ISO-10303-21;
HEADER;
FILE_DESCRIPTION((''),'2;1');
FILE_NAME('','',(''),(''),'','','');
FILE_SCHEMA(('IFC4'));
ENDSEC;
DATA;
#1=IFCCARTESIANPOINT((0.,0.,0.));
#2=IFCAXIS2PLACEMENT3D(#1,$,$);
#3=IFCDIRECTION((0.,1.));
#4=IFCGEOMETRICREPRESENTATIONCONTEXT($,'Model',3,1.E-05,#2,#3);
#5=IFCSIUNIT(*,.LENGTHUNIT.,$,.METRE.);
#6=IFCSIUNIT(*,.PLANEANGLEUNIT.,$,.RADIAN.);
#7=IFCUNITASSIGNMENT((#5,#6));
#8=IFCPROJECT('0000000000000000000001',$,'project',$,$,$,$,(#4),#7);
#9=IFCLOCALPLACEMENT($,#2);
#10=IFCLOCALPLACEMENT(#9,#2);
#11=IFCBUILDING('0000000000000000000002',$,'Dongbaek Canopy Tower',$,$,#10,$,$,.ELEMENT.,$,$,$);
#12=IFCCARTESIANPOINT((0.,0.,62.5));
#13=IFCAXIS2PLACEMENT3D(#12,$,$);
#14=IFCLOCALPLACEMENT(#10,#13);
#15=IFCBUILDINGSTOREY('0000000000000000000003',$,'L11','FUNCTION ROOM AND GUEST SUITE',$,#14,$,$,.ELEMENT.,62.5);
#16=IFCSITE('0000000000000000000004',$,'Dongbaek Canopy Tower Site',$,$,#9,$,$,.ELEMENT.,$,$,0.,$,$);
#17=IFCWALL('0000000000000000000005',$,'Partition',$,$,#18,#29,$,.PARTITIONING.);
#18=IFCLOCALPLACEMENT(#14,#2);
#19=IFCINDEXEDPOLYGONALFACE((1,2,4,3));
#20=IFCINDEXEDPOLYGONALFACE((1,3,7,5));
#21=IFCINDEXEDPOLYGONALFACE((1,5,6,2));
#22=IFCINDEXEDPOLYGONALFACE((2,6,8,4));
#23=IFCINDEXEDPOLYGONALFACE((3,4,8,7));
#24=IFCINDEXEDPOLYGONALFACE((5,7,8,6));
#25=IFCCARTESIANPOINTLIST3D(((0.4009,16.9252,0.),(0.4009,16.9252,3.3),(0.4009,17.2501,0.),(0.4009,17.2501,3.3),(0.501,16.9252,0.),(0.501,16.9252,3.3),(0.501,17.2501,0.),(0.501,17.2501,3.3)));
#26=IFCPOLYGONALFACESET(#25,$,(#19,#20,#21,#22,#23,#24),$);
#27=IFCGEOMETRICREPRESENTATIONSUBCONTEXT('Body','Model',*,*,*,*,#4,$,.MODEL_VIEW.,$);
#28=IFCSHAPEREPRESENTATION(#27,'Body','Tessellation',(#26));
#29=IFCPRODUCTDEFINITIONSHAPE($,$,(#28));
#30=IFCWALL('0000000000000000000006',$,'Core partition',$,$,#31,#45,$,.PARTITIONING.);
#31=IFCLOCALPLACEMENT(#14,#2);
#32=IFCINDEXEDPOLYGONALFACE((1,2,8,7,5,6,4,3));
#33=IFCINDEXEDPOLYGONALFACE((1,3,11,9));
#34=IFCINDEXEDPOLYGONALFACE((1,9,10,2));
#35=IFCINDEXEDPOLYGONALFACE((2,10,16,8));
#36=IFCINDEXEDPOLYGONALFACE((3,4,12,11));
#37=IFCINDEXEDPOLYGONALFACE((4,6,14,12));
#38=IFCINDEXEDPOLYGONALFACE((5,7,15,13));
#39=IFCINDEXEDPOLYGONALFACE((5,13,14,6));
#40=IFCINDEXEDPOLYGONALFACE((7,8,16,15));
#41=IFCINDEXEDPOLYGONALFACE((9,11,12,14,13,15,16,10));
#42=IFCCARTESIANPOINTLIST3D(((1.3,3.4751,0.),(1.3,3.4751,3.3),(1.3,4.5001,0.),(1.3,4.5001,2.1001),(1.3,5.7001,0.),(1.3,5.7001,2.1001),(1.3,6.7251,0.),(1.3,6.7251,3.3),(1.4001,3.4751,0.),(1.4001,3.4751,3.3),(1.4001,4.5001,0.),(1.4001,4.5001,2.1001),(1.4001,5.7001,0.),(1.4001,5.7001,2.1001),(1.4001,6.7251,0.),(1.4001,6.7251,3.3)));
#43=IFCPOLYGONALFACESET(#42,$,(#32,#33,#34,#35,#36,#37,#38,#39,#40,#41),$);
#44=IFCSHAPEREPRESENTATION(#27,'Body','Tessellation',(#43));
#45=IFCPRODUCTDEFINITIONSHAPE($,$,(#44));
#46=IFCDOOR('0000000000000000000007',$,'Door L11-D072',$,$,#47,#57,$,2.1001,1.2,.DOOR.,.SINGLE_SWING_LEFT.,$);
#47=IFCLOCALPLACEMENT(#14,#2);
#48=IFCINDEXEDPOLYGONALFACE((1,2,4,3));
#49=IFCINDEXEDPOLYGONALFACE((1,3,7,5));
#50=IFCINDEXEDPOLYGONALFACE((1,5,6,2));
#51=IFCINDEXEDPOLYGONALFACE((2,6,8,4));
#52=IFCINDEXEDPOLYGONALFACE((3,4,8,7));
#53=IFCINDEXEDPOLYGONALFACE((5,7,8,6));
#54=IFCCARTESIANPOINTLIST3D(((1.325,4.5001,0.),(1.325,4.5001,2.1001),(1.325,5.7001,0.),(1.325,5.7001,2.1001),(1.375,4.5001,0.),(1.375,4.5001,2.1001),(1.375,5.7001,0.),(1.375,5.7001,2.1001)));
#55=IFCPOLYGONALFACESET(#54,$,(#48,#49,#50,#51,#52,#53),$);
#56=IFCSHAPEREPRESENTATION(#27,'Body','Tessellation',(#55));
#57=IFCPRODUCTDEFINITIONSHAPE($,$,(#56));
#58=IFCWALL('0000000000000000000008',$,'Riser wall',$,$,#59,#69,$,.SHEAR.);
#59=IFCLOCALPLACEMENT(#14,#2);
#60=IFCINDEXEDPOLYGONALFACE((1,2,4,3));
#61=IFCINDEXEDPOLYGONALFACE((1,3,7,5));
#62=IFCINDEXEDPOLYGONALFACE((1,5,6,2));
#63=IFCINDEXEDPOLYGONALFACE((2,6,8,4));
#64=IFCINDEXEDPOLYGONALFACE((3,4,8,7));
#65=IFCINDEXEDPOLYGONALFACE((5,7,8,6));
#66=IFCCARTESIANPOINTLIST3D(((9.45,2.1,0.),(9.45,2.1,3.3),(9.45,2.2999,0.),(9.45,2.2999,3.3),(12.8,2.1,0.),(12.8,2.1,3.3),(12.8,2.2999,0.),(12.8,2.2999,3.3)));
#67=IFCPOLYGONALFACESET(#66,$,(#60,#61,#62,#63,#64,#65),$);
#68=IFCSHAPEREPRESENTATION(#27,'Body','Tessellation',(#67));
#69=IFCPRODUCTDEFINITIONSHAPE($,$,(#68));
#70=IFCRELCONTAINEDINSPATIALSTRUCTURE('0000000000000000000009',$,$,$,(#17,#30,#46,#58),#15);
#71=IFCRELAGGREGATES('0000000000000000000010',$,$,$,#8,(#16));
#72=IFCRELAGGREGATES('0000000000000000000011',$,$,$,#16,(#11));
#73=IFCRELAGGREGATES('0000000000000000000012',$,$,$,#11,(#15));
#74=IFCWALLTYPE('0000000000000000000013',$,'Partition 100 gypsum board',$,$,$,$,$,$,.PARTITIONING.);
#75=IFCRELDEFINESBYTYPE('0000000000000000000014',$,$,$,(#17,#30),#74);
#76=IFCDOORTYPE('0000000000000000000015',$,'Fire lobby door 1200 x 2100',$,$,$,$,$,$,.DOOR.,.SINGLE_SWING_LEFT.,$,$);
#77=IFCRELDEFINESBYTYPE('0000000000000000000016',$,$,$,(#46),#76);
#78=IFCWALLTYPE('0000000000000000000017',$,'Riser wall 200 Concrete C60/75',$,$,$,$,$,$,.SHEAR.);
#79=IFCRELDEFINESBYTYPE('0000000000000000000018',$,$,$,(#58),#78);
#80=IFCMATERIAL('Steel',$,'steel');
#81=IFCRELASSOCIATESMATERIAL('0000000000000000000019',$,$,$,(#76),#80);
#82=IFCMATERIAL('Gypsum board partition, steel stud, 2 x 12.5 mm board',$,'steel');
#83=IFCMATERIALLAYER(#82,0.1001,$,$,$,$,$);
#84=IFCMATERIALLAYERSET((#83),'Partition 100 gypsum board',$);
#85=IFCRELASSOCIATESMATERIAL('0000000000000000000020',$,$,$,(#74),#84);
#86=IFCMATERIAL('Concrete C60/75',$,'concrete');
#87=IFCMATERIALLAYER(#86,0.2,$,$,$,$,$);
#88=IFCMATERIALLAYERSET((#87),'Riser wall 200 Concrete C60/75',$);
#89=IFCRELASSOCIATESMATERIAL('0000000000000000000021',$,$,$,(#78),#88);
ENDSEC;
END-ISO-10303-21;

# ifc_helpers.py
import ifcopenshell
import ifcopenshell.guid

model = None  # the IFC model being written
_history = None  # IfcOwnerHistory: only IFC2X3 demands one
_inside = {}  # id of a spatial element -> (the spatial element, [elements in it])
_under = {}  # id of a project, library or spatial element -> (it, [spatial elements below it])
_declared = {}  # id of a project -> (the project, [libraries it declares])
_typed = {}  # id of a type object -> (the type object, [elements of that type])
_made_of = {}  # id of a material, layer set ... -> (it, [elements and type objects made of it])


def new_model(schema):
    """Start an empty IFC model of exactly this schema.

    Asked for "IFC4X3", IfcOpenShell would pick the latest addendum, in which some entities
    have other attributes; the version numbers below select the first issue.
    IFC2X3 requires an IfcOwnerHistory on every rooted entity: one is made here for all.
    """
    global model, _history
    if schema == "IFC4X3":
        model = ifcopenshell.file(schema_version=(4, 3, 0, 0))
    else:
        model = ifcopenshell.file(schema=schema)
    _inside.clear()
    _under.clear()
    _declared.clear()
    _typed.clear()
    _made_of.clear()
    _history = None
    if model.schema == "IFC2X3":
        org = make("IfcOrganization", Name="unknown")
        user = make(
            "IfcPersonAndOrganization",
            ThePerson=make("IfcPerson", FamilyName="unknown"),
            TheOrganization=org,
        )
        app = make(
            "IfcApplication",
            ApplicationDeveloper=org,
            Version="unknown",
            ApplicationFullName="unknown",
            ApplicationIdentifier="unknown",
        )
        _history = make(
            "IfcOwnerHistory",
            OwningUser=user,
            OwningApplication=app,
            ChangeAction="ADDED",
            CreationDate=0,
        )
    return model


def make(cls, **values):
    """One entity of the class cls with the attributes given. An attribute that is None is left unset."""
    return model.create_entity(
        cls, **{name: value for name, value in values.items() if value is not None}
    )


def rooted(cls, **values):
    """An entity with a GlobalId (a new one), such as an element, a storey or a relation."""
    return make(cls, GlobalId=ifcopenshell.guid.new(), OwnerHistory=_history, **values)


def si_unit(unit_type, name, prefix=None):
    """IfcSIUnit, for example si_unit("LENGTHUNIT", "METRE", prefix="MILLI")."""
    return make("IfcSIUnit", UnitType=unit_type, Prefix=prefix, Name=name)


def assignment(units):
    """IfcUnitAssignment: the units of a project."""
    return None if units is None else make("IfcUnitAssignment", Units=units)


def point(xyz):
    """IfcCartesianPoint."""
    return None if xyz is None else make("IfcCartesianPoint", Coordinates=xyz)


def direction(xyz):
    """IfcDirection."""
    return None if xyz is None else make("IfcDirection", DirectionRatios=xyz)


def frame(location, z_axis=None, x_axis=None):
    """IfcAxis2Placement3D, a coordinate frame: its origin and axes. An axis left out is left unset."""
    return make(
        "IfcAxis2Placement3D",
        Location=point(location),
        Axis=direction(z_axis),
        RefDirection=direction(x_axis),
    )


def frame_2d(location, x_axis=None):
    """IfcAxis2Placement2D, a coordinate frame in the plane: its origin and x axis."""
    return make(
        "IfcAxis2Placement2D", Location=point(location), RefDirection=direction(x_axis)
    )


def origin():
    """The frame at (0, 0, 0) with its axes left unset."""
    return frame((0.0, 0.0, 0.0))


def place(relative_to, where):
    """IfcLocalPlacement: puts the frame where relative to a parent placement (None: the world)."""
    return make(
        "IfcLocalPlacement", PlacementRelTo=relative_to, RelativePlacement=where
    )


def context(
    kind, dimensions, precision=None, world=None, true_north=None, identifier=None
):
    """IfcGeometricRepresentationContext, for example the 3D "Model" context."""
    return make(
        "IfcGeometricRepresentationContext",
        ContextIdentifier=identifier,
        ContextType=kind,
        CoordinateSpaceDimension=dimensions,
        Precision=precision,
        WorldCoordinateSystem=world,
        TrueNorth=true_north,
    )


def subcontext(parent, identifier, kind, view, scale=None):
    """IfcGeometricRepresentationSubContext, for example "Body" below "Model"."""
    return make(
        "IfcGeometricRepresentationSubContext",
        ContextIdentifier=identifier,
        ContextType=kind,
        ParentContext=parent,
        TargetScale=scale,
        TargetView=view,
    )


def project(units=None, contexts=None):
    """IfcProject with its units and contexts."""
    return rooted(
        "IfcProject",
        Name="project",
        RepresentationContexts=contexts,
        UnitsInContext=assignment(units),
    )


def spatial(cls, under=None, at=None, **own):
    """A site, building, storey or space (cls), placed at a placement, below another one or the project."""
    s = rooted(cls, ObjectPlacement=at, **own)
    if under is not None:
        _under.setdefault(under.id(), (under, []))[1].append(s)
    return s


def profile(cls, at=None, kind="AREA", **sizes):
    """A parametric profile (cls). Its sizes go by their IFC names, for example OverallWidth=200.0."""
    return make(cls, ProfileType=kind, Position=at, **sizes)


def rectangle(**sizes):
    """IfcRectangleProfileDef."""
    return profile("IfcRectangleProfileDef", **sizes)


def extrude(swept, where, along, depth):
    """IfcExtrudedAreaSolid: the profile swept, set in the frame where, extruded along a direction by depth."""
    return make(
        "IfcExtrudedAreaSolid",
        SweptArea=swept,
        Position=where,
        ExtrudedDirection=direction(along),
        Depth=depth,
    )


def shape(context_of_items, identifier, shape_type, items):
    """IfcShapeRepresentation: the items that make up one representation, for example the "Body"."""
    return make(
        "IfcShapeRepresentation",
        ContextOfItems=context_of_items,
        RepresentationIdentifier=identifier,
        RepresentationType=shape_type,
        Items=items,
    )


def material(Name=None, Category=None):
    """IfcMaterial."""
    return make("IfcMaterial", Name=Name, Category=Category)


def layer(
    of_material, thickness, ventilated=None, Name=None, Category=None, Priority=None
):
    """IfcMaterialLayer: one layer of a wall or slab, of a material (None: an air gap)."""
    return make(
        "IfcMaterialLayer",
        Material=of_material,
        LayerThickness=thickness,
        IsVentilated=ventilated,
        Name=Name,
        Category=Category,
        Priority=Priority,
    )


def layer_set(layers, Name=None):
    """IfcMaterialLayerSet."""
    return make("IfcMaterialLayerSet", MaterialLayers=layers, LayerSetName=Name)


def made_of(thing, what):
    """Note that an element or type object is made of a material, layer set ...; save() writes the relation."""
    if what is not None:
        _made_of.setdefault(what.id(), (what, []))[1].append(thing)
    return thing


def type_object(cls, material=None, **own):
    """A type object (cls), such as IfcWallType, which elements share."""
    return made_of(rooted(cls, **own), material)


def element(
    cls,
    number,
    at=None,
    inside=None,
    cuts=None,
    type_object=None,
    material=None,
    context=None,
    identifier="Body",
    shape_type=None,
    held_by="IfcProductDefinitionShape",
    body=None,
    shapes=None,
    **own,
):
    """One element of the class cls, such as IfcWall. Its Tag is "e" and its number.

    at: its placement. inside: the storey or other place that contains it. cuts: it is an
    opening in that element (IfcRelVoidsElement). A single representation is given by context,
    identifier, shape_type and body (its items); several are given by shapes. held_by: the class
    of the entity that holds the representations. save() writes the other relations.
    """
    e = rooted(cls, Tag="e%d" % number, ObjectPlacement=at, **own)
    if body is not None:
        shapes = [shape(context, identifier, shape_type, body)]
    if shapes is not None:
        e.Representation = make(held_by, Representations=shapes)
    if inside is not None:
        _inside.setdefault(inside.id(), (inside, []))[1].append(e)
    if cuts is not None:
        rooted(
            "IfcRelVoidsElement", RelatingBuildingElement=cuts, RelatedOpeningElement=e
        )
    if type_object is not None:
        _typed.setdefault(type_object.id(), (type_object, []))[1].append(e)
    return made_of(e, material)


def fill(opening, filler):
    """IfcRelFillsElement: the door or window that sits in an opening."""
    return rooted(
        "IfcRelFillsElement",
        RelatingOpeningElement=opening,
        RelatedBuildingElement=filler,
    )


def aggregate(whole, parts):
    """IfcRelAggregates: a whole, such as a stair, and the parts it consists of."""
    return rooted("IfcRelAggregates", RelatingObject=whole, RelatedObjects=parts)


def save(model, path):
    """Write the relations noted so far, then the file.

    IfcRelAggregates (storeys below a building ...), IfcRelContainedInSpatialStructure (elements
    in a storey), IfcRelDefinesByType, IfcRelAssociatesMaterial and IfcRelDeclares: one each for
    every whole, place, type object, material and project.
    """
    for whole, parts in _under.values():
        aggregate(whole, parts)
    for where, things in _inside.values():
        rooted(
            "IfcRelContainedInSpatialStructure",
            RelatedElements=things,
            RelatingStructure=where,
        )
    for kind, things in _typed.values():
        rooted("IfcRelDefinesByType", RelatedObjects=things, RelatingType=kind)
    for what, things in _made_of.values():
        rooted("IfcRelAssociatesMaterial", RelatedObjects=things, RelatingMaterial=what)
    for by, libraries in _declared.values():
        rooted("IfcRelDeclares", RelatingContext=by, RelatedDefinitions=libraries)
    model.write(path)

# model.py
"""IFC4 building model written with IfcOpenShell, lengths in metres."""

from ifc_helpers import new_model, si_unit, direction, frame, frame_2d, origin, place, context, subcontext, project, spatial, rectangle, extrude, material, layer, layer_set, type_object, element, fill, save


model = new_model("IFC4")

# Units and contexts
model_context = context("Model", 3, precision=1e-05, world=origin(), true_north=direction((0.0, 1.0)))
body_context = subcontext(model_context, "Body", "Model", "MODEL_VIEW")
ifc_project = project(units=[si_unit("LENGTHUNIT", "METRE"), si_unit("PLANEANGLEUNIT", "RADIAN")], contexts=[model_context])

# Site, building, storey
site_placement = place(None, origin())
site = spatial("IfcSite", under=ifc_project, at=site_placement, Name="Dongbaek Canopy Tower Site", CompositionType="ELEMENT", RefElevation=0.0)
building_placement = place(site_placement, origin())
building = spatial("IfcBuilding", under=site, at=building_placement, Name="Dongbaek Canopy Tower", CompositionType="ELEMENT")
storey_placement = place(building_placement, frame((0.0, 0.0, 62.5)))
storey = spatial("IfcBuildingStorey", under=building, at=storey_placement, Name="L11", Description="FUNCTION ROOM AND GUEST SUITE", CompositionType="ELEMENT", Elevation=62.5)

# Shared definitions
ifc_material_1 = material(Name="Steel", Category="steel")
door_type_1 = type_object("IfcDoorType", Name="Fire lobby door 1200 x 2100", OperationType="SINGLE_SWING_LEFT", PredefinedType="DOOR", material=ifc_material_1)

# Wall
ifc_material_2 = material(Name="Gypsum board partition, steel stud, 2 x 12.5 mm board", Category="steel")
ifc_layer_1 = layer(ifc_material_2, 0.1001)
ifc_layer_set_1 = layer_set([ifc_layer_1], Name="Partition 100 gypsum board")
wall_type_1 = type_object("IfcWallType", Name="Partition 100 gypsum board", PredefinedType="PARTITIONING", material=ifc_layer_set_1)
wall_1_placement = place(storey_placement, frame((0.4509, 16.925, 0.0), z_axis=(0.0, 0.0, 1.0), x_axis=(0.0, 1.0, 0.0)))
element("IfcWall", 1, at=wall_1_placement, inside=storey, type_object=wall_type_1, Name="Partition", PredefinedType="PARTITIONING", context=body_context, shape_type="SweptSolid", body=[
    extrude(rectangle(XDim=0.325, YDim=0.1001, at=frame_2d((0.1626, 0.0))), origin(), (0.0, 0.0, 1.0), 3.3),
])

# Wall, opening, door
wall_2_placement = place(storey_placement, frame((1.3501, 6.7251, 0.0), z_axis=(0.0, 0.0, 1.0), x_axis=(0.0, -1.0, 0.0)))
wall_2 = element("IfcWall", 2, at=wall_2_placement, inside=storey, type_object=wall_type_1, Name="Core partition", PredefinedType="PARTITIONING", context=body_context, shape_type="SweptSolid", body=[
    extrude(rectangle(XDim=3.25, YDim=0.1001, at=frame_2d((1.625, 0.0))), origin(), (0.0, 0.0, 1.0), 3.3),
])
opening_1_placement = place(wall_2_placement, frame((1.0249, 0.0, 0.0)))
opening_1 = element("IfcOpeningElement", 3, at=opening_1_placement, cuts=wall_2, PredefinedType="OPENING", context=body_context, shape_type="SweptSolid", body=[
    extrude(rectangle(XDim=1.2, YDim=2.1001, at=frame_2d((0.6001, 1.05))), frame((0.0, 0.0601, 0.0), z_axis=(0.0, -1.0, 0.0), x_axis=(1.0, 0.0, 0.0)), (0.0, 0.0, 1.0), 0.1201),
])
door_1_placement = place(opening_1_placement, origin())
door_1 = element("IfcDoor", 4, at=door_1_placement, inside=storey, type_object=door_type_1, Name="Door L11-D072", OperationType="SINGLE_SWING_LEFT", OverallHeight=2.1001, OverallWidth=1.2, PredefinedType="DOOR", context=body_context, shape_type="SweptSolid", body=[
    extrude(rectangle(XDim=1.2, YDim=2.1001, at=frame_2d((0.6001, 1.05))), frame((0.0, 0.0249, 0.0), z_axis=(0.0, -1.0, 0.0), x_axis=(1.0, 0.0, 0.0)), (0.0, 0.0, 1.0), 0.05),
])
fill(opening_1, door_1)

# Wall
ifc_material_3 = material(Name="Concrete C60/75", Category="concrete")
ifc_layer_2 = layer(ifc_material_3, 0.2)
ifc_layer_set_2 = layer_set([ifc_layer_2], Name="Riser wall 200 Concrete C60/75")
wall_type_2 = type_object("IfcWallType", Name="Riser wall 200 Concrete C60/75", PredefinedType="SHEAR", material=ifc_layer_set_2)
wall_3_placement = place(storey_placement, frame((9.45, 2.2, 0.0), z_axis=(0.0, 0.0, 1.0), x_axis=(1.0, 0.0, 0.0)))
element("IfcWall", 5, at=wall_3_placement, inside=storey, type_object=wall_type_2, Name="Riser wall", PredefinedType="SHEAR", context=body_context, shape_type="SweptSolid", body=[
    extrude(rectangle(XDim=3.3501, YDim=0.2, at=frame_2d((1.675, 0.0))), origin(), (0.0, 0.0, 1.0), 3.3),
])

save(model, "model.ifc")
